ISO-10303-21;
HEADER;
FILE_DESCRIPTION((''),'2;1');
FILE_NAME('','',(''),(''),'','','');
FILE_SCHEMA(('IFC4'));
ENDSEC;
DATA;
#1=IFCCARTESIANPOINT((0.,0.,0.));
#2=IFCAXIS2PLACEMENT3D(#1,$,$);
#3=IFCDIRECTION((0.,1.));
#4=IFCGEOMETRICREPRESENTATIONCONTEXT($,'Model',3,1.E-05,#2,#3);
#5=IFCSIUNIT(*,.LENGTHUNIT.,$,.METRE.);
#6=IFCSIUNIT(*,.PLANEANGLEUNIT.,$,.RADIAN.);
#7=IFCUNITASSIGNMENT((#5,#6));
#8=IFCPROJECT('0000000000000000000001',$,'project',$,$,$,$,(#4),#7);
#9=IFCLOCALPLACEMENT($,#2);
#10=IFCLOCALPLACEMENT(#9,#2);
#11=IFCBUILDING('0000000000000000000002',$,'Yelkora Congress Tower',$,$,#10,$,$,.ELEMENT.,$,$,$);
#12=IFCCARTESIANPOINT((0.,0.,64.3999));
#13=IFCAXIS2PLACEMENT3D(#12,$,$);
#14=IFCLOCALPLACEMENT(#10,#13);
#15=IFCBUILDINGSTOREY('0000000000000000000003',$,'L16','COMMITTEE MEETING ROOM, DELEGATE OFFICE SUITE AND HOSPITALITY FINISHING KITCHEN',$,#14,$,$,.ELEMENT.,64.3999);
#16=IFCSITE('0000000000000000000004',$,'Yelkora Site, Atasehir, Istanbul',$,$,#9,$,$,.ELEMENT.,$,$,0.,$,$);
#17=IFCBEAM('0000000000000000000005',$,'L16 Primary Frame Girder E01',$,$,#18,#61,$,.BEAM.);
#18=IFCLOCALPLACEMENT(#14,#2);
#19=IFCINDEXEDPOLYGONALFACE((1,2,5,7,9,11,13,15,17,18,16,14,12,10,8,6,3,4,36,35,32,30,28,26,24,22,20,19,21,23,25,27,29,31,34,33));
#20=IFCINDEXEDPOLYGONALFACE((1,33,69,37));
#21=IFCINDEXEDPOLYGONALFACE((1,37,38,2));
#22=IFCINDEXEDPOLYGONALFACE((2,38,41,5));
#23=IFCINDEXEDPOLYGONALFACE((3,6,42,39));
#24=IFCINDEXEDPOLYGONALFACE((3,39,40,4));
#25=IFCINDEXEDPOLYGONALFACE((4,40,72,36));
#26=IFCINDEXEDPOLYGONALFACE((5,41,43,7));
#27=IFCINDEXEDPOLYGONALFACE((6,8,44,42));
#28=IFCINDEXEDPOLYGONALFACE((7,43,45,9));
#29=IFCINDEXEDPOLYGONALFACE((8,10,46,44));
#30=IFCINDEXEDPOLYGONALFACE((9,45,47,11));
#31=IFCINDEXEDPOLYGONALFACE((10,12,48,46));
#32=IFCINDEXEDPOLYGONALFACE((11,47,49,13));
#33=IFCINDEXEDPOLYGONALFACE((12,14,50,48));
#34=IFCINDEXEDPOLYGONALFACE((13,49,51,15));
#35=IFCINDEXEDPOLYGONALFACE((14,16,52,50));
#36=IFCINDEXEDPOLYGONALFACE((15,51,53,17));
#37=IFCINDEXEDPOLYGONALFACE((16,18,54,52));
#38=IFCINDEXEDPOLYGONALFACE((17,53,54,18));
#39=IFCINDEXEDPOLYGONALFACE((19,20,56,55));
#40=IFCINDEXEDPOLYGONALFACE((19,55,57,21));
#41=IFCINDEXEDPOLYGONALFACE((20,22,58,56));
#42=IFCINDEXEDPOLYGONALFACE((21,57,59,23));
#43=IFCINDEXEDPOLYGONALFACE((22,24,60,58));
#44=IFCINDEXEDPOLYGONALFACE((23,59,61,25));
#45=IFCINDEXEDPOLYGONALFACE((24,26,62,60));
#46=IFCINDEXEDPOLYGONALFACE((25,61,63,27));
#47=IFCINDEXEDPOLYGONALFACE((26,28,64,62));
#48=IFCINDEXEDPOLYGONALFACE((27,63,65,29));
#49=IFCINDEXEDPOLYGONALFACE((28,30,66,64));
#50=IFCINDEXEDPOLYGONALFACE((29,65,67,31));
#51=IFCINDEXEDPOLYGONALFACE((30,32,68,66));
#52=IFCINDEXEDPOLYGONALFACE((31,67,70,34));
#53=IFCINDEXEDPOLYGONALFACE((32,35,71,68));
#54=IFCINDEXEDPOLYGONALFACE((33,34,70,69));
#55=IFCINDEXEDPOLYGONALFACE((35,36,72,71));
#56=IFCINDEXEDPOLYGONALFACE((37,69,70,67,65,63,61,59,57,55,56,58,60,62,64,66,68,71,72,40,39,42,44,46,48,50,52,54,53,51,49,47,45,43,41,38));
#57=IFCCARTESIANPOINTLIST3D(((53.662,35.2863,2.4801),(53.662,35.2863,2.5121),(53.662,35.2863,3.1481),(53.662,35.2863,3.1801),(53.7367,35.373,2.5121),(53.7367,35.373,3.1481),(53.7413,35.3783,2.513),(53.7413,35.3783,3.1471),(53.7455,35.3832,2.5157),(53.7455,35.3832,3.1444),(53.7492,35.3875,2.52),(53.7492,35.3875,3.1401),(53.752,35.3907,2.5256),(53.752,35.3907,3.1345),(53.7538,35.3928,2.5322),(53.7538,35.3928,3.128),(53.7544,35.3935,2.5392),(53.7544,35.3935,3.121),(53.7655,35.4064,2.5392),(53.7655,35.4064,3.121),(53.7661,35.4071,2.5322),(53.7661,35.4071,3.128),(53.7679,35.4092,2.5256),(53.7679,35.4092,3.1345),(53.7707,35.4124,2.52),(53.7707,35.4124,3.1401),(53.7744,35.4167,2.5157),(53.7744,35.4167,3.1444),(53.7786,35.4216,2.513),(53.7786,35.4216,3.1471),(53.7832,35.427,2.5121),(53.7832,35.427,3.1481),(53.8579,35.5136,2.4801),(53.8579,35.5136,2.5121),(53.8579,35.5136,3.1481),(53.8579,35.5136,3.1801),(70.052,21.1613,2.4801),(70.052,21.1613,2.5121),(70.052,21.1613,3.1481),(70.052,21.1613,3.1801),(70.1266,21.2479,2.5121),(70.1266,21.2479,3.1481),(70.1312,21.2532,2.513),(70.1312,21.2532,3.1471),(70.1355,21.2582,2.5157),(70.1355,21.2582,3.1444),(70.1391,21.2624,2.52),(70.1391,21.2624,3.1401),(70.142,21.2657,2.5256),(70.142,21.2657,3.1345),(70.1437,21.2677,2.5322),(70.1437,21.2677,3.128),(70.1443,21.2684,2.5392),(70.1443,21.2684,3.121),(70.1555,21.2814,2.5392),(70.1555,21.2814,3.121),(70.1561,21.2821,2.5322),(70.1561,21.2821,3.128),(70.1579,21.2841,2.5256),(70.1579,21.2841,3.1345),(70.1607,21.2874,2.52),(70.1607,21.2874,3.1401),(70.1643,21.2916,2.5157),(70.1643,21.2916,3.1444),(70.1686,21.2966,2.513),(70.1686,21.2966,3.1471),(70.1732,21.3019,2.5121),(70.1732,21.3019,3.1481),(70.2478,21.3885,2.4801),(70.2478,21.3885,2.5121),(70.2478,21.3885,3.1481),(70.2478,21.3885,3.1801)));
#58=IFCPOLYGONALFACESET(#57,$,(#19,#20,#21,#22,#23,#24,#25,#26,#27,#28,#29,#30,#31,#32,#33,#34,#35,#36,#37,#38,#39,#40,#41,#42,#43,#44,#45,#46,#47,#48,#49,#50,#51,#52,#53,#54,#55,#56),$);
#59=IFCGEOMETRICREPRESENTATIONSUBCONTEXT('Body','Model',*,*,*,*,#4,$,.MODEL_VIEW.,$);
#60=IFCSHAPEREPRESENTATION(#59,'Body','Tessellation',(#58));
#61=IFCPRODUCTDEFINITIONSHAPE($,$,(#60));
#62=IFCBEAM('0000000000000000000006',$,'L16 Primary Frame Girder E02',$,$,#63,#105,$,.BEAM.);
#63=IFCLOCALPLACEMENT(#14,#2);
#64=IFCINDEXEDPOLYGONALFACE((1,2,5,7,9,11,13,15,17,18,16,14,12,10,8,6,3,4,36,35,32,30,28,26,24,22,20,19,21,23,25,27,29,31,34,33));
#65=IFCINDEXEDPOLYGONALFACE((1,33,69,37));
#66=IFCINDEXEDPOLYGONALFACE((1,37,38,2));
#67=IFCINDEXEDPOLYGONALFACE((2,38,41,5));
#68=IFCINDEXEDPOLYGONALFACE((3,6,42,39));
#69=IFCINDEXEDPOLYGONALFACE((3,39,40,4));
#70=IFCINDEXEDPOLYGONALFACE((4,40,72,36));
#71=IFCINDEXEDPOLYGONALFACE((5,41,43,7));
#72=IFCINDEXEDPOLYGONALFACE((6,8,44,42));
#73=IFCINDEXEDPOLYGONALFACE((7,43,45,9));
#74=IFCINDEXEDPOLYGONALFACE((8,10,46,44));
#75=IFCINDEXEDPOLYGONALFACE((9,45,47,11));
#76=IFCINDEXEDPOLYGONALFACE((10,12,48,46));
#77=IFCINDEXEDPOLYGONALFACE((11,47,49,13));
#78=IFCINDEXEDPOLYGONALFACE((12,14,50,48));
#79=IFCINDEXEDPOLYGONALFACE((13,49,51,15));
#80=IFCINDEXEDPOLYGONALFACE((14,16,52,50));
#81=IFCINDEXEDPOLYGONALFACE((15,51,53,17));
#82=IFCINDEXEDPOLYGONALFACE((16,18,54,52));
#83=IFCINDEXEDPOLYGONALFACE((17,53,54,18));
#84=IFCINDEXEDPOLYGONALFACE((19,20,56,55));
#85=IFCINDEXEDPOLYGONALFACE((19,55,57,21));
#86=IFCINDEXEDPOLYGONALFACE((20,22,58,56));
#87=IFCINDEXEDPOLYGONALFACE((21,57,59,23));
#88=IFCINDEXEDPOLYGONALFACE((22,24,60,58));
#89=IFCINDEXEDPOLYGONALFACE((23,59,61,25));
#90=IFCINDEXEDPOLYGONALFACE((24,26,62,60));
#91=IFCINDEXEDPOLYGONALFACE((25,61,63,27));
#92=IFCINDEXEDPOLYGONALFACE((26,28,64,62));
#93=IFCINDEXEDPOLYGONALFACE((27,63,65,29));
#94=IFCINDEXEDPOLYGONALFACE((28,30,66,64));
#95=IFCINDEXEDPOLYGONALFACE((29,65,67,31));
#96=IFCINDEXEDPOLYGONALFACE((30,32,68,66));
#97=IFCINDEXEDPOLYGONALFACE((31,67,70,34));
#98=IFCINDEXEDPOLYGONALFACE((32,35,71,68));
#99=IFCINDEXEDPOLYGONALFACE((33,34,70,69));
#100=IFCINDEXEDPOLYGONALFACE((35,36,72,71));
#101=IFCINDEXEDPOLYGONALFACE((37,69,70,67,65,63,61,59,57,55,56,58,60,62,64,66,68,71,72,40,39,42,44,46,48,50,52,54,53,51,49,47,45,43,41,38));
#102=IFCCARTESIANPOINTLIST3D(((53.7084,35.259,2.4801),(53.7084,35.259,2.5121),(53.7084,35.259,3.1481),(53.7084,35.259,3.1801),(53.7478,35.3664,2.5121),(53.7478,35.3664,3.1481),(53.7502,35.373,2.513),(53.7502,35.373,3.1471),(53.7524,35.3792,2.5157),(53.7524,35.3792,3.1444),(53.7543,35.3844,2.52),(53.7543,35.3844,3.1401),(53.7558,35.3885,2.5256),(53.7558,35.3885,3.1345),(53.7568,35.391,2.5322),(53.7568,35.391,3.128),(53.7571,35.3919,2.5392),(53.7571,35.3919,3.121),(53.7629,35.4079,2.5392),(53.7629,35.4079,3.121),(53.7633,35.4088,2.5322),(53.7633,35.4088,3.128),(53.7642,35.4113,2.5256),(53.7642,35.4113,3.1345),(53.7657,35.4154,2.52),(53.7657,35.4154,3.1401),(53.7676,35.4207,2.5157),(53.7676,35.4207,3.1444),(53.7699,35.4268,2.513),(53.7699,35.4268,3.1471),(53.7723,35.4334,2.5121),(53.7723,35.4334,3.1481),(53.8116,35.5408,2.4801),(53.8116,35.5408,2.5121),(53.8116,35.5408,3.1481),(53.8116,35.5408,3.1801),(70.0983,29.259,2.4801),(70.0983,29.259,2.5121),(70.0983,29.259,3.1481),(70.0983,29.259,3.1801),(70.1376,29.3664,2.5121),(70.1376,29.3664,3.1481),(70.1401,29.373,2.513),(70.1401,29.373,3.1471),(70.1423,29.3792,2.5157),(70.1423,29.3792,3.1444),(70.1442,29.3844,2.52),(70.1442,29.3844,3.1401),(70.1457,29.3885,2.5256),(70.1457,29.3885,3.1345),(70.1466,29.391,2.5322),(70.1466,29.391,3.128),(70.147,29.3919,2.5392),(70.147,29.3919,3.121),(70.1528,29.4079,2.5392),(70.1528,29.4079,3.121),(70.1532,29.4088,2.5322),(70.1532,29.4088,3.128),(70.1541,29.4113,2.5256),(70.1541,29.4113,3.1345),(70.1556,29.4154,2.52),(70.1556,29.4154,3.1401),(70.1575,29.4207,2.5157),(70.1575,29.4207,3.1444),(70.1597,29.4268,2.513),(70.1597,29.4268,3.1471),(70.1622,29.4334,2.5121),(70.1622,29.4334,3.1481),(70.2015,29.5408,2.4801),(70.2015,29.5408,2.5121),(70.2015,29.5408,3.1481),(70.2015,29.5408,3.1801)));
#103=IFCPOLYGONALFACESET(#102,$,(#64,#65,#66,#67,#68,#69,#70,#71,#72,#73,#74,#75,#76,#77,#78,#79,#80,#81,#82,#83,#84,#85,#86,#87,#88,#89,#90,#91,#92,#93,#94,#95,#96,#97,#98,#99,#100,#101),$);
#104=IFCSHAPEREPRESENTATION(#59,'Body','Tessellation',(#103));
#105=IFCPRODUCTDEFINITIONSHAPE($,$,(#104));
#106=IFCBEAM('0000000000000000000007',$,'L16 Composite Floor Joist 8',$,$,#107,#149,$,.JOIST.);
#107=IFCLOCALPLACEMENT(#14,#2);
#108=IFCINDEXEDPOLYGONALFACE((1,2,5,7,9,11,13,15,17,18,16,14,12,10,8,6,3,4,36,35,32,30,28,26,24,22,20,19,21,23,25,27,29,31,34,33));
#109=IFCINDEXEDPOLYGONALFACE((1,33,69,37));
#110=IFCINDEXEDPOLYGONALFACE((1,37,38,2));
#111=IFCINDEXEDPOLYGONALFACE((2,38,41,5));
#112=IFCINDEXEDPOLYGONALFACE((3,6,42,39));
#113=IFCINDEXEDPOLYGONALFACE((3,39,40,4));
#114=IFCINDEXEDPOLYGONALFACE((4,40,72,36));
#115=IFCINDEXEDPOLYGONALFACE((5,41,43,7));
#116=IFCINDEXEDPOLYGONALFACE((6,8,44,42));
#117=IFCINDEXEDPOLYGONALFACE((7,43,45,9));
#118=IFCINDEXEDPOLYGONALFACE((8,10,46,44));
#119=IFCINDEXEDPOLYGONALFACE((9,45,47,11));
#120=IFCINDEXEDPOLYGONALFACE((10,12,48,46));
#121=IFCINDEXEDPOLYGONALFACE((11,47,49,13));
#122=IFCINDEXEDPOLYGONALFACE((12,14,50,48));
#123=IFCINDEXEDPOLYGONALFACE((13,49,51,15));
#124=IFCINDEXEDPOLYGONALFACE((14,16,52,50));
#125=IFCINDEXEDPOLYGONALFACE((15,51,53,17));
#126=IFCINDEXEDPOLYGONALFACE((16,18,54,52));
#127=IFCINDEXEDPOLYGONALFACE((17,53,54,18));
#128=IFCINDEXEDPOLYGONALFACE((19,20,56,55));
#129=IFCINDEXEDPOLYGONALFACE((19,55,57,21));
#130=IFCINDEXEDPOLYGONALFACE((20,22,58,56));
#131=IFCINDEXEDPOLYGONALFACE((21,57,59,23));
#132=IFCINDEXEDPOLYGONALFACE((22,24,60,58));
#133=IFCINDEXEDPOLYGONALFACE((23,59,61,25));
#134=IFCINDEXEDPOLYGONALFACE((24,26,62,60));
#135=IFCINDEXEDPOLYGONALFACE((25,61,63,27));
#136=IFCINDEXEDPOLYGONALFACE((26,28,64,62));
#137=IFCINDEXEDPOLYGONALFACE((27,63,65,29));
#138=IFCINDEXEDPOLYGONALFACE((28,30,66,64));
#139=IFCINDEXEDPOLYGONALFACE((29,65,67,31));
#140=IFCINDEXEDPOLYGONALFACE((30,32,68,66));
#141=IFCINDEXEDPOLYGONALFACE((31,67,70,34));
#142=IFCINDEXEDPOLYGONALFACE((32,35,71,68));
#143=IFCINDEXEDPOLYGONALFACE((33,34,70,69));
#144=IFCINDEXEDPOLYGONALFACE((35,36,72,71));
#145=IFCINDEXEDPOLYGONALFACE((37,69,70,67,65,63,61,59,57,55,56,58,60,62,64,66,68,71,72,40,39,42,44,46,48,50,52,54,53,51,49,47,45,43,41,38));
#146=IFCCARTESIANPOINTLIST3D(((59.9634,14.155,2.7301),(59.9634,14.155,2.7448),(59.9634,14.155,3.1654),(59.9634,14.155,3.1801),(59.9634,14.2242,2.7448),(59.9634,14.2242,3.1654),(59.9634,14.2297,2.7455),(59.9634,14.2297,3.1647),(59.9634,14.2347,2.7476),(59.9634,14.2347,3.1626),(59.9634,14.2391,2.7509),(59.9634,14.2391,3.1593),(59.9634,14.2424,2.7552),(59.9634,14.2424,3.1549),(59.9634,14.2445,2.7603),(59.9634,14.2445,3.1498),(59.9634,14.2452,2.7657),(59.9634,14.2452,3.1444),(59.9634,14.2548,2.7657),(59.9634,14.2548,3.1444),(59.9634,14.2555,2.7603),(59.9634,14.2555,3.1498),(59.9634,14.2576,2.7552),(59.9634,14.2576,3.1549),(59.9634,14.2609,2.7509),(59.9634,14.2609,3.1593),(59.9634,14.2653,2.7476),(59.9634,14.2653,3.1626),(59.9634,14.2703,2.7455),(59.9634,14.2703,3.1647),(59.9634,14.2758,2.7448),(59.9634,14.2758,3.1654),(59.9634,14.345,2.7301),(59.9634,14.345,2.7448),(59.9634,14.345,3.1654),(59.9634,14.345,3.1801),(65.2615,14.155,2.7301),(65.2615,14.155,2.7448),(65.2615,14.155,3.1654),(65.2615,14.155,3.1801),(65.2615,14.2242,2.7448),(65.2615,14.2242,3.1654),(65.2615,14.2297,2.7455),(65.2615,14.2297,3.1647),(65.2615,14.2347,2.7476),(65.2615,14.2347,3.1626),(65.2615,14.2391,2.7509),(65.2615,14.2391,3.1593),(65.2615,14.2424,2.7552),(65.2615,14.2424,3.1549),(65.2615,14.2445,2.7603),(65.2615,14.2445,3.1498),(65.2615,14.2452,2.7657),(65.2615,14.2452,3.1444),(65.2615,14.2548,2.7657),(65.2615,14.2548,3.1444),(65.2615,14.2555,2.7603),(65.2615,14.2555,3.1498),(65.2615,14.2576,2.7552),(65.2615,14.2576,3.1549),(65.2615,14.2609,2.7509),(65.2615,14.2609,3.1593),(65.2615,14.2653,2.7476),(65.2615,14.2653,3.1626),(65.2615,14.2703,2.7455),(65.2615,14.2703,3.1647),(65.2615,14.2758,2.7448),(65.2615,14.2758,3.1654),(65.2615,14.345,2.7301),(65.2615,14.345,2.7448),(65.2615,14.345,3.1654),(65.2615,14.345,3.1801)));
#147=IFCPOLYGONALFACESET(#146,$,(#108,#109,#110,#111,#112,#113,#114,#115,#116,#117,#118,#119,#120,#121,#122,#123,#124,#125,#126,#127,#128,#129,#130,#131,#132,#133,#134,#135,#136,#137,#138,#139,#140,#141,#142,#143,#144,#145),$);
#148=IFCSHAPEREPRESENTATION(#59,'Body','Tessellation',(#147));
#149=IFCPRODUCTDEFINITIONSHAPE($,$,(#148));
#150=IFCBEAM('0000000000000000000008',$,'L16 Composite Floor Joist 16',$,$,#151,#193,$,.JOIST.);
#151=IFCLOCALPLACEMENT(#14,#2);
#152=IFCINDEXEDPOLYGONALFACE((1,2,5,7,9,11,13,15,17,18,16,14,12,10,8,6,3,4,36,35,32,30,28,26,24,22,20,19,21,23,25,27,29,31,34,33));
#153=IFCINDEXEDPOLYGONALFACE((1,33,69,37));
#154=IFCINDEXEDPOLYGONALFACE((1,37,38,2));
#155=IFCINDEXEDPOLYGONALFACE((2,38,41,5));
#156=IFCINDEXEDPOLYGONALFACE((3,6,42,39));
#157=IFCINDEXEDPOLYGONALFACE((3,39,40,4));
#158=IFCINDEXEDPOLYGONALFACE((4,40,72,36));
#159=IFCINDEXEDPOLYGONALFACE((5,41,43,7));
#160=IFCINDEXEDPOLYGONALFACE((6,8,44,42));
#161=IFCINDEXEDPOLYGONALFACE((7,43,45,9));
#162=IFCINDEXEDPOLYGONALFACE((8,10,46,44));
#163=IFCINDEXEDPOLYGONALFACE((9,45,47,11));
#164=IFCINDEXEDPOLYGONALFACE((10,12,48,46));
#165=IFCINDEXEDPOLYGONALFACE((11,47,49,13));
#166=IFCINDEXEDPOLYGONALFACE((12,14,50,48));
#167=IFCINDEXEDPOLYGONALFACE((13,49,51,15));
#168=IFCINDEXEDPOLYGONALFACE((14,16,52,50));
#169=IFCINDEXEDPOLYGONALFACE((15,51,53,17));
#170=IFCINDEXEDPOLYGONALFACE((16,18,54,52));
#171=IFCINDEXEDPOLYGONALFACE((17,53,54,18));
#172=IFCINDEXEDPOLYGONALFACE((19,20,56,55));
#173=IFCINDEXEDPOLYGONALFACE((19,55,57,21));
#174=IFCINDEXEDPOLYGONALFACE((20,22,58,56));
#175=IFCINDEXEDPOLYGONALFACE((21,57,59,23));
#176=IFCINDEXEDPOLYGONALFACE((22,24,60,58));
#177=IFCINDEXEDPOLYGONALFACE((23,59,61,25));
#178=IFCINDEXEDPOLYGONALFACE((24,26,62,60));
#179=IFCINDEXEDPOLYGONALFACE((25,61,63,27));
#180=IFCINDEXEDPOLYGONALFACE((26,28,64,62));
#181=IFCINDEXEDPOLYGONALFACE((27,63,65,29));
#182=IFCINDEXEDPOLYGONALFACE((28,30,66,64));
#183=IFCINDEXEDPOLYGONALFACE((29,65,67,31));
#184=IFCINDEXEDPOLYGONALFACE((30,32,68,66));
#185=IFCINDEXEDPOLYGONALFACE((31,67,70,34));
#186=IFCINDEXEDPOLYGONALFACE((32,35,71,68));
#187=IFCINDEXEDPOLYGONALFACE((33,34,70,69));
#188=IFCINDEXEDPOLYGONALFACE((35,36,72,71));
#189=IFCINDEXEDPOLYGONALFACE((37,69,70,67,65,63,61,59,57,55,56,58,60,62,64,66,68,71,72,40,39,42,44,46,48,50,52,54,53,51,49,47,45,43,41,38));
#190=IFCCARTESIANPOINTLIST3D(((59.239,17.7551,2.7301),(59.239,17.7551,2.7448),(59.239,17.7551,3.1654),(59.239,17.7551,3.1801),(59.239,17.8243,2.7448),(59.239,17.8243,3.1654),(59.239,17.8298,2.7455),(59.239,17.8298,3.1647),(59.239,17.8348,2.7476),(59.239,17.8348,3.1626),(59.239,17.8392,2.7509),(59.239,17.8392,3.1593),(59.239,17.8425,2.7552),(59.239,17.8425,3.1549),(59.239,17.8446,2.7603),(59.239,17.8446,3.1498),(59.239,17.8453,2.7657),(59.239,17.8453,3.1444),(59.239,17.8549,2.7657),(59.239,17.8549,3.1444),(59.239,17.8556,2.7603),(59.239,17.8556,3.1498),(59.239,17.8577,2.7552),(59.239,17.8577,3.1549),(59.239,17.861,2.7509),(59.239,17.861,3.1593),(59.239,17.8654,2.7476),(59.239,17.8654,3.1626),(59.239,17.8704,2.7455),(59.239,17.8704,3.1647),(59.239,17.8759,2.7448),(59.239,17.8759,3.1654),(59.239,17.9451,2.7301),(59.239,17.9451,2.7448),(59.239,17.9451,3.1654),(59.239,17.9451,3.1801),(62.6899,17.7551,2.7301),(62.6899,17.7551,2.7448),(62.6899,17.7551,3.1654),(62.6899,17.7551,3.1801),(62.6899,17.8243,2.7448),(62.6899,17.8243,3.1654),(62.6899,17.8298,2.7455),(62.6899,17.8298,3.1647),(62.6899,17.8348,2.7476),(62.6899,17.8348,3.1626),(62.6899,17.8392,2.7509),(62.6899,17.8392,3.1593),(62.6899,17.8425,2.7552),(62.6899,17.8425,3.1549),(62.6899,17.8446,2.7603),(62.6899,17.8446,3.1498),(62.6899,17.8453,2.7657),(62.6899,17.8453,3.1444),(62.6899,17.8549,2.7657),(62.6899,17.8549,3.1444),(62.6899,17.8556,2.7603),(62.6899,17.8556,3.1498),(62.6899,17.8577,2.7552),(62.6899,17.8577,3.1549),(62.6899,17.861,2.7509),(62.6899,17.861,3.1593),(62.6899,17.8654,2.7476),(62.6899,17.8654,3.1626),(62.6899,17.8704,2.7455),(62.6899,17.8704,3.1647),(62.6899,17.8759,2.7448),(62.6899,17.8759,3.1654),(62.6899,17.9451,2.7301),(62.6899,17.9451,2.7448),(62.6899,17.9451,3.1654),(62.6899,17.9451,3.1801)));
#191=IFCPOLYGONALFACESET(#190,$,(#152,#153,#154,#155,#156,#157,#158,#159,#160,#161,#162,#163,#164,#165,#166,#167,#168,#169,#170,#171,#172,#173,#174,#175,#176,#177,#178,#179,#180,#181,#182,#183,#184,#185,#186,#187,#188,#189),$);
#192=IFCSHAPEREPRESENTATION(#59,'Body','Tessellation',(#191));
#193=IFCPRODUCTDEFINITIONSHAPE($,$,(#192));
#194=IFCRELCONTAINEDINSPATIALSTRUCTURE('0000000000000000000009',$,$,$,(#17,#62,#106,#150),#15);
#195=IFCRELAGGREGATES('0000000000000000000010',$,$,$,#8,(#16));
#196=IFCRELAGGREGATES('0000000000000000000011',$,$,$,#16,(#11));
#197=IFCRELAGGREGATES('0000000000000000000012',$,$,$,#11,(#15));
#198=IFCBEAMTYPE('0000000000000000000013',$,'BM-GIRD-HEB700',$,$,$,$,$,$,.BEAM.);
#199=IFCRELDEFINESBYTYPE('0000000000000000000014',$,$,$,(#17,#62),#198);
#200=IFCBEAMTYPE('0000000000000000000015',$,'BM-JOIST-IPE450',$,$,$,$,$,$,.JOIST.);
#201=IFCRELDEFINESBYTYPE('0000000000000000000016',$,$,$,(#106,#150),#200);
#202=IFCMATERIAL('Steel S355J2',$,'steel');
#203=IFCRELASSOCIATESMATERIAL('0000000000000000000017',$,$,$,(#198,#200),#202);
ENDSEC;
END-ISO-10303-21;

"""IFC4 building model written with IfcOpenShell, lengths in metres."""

from ifc_helpers import new_model, si_unit, direction, frame, origin, origin_2d, place, context, subcontext, project, spatial, i_section, extrude, material, material_profile, profile_set, type_object, element, save


model = new_model("IFC4")

# Units and contexts
model_context = context("Model", 3, precision=1e-05, world=origin(), true_north=direction((0.0, 1.0)))
body_context = subcontext(model_context, "Body", "Model", "MODEL_VIEW")
ifc_project = project(units=[si_unit("LENGTHUNIT", "METRE"), si_unit("PLANEANGLEUNIT", "RADIAN")], contexts=[model_context])

# Site, building, storey
site_placement = place(None, origin())
site = spatial("IfcSite", under=ifc_project, at=site_placement, Name="Yelkora Site, Atasehir, Istanbul", CompositionType="ELEMENT", RefElevation=0.0)
building_placement = place(site_placement, origin())
building = spatial("IfcBuilding", under=site, at=building_placement, Name="Yelkora Congress Tower", CompositionType="ELEMENT")
storey_placement = place(building_placement, frame((0.0, 0.0, 64.3999)))
storey = spatial("IfcBuildingStorey", under=building, at=storey_placement, Name="L16", Description="COMMITTEE MEETING ROOM, DELEGATE OFFICE SUITE AND HOSPITALITY FINISHING KITCHEN", CompositionType="ELEMENT", Elevation=64.3999)

# Beams
ifc_material_1 = material(Name="Steel S355J2", Category="steel")
ifc_material_profile_1 = material_profile(ifc_material_1, i_section(OverallWidth=0.3, OverallDepth=0.7, WebThickness=0.0171, FlangeThickness=0.032, FilletRadius=0.0271, at=origin_2d()), Name="HEB 700")
ifc_profile_set_1 = profile_set([ifc_material_profile_1], Name="Steel S355J2")
beam_type_1 = type_object("IfcBeamType", Name="BM-GIRD-HEB700", PredefinedType="BEAM", material=ifc_profile_set_1)
beam_1_placement = place(storey_placement, frame((70.1499, 21.2749, 2.8301), z_axis=(-0.757506, 0.652828, 0.0), x_axis=(-0.652828, -0.757506, 0.0)))
element("IfcBeam", 1, at=beam_1_placement, inside=storey, type_object=beam_type_1, Name="L16 Primary Frame Girder E01", PredefinedType="BEAM", context=body_context, shape_type="SweptSolid", body=[
    extrude(i_section(OverallWidth=0.3, OverallDepth=0.7, WebThickness=0.0171, FlangeThickness=0.032, FilletRadius=0.0271, at=origin_2d()), origin(), (0.0, 0.0, 1.0), 21.6367),
])
beam_2_placement = place(storey_placement, frame((70.1499, 29.3999, 2.8301), z_axis=(-0.939054, 0.343768, 0.0), x_axis=(-0.343768, -0.939054, 0.0)))
element("IfcBeam", 2, at=beam_2_placement, inside=storey, type_object=beam_type_1, Name="L16 Primary Frame Girder E02", PredefinedType="BEAM", context=body_context, shape_type="SweptSolid", body=[
    extrude(i_section(OverallWidth=0.3, OverallDepth=0.7, WebThickness=0.0171, FlangeThickness=0.032, FilletRadius=0.0271, at=origin_2d()), origin(), (0.0, 0.0, 1.0), 17.4536),
])
ifc_material_profile_2 = material_profile(ifc_material_1, i_section(OverallWidth=0.1899, OverallDepth=0.45, WebThickness=0.0095, FlangeThickness=0.0146, FilletRadius=0.021, at=origin_2d()), Name="IPE 450")
ifc_profile_set_2 = profile_set([ifc_material_profile_2], Name="Steel S355J2")
beam_type_2 = type_object("IfcBeamType", Name="BM-JOIST-IPE450", PredefinedType="JOIST", material=ifc_profile_set_2)
beam_3_placement = place(storey_placement, frame((59.9634, 14.25, 2.9551), z_axis=(1.0, 0.0, 0.0), x_axis=(0.0, 1.0, 0.0)))
element("IfcBeam", 3, at=beam_3_placement, inside=storey, type_object=beam_type_2, Name="L16 Composite Floor Joist 8", PredefinedType="JOIST", context=body_context, shape_type="SweptSolid", body=[
    extrude(i_section(OverallWidth=0.1899, OverallDepth=0.45, WebThickness=0.0095, FlangeThickness=0.0146, FilletRadius=0.021, at=origin_2d()), origin(), (0.0, 0.0, 1.0), 5.2981),
])
beam_4_placement = place(storey_placement, frame((59.239, 17.8501, 2.9551), z_axis=(1.0, 0.0, 0.0), x_axis=(0.0, 1.0, 0.0)))
element("IfcBeam", 4, at=beam_4_placement, inside=storey, type_object=beam_type_2, Name="L16 Composite Floor Joist 16", PredefinedType="JOIST", context=body_context, shape_type="SweptSolid", body=[
    extrude(i_section(OverallWidth=0.1899, OverallDepth=0.45, WebThickness=0.0095, FlangeThickness=0.0146, FilletRadius=0.021, at=origin_2d()), origin(), (0.0, 0.0, 1.0), 3.4509),
])

save(model, "model.ifc")
